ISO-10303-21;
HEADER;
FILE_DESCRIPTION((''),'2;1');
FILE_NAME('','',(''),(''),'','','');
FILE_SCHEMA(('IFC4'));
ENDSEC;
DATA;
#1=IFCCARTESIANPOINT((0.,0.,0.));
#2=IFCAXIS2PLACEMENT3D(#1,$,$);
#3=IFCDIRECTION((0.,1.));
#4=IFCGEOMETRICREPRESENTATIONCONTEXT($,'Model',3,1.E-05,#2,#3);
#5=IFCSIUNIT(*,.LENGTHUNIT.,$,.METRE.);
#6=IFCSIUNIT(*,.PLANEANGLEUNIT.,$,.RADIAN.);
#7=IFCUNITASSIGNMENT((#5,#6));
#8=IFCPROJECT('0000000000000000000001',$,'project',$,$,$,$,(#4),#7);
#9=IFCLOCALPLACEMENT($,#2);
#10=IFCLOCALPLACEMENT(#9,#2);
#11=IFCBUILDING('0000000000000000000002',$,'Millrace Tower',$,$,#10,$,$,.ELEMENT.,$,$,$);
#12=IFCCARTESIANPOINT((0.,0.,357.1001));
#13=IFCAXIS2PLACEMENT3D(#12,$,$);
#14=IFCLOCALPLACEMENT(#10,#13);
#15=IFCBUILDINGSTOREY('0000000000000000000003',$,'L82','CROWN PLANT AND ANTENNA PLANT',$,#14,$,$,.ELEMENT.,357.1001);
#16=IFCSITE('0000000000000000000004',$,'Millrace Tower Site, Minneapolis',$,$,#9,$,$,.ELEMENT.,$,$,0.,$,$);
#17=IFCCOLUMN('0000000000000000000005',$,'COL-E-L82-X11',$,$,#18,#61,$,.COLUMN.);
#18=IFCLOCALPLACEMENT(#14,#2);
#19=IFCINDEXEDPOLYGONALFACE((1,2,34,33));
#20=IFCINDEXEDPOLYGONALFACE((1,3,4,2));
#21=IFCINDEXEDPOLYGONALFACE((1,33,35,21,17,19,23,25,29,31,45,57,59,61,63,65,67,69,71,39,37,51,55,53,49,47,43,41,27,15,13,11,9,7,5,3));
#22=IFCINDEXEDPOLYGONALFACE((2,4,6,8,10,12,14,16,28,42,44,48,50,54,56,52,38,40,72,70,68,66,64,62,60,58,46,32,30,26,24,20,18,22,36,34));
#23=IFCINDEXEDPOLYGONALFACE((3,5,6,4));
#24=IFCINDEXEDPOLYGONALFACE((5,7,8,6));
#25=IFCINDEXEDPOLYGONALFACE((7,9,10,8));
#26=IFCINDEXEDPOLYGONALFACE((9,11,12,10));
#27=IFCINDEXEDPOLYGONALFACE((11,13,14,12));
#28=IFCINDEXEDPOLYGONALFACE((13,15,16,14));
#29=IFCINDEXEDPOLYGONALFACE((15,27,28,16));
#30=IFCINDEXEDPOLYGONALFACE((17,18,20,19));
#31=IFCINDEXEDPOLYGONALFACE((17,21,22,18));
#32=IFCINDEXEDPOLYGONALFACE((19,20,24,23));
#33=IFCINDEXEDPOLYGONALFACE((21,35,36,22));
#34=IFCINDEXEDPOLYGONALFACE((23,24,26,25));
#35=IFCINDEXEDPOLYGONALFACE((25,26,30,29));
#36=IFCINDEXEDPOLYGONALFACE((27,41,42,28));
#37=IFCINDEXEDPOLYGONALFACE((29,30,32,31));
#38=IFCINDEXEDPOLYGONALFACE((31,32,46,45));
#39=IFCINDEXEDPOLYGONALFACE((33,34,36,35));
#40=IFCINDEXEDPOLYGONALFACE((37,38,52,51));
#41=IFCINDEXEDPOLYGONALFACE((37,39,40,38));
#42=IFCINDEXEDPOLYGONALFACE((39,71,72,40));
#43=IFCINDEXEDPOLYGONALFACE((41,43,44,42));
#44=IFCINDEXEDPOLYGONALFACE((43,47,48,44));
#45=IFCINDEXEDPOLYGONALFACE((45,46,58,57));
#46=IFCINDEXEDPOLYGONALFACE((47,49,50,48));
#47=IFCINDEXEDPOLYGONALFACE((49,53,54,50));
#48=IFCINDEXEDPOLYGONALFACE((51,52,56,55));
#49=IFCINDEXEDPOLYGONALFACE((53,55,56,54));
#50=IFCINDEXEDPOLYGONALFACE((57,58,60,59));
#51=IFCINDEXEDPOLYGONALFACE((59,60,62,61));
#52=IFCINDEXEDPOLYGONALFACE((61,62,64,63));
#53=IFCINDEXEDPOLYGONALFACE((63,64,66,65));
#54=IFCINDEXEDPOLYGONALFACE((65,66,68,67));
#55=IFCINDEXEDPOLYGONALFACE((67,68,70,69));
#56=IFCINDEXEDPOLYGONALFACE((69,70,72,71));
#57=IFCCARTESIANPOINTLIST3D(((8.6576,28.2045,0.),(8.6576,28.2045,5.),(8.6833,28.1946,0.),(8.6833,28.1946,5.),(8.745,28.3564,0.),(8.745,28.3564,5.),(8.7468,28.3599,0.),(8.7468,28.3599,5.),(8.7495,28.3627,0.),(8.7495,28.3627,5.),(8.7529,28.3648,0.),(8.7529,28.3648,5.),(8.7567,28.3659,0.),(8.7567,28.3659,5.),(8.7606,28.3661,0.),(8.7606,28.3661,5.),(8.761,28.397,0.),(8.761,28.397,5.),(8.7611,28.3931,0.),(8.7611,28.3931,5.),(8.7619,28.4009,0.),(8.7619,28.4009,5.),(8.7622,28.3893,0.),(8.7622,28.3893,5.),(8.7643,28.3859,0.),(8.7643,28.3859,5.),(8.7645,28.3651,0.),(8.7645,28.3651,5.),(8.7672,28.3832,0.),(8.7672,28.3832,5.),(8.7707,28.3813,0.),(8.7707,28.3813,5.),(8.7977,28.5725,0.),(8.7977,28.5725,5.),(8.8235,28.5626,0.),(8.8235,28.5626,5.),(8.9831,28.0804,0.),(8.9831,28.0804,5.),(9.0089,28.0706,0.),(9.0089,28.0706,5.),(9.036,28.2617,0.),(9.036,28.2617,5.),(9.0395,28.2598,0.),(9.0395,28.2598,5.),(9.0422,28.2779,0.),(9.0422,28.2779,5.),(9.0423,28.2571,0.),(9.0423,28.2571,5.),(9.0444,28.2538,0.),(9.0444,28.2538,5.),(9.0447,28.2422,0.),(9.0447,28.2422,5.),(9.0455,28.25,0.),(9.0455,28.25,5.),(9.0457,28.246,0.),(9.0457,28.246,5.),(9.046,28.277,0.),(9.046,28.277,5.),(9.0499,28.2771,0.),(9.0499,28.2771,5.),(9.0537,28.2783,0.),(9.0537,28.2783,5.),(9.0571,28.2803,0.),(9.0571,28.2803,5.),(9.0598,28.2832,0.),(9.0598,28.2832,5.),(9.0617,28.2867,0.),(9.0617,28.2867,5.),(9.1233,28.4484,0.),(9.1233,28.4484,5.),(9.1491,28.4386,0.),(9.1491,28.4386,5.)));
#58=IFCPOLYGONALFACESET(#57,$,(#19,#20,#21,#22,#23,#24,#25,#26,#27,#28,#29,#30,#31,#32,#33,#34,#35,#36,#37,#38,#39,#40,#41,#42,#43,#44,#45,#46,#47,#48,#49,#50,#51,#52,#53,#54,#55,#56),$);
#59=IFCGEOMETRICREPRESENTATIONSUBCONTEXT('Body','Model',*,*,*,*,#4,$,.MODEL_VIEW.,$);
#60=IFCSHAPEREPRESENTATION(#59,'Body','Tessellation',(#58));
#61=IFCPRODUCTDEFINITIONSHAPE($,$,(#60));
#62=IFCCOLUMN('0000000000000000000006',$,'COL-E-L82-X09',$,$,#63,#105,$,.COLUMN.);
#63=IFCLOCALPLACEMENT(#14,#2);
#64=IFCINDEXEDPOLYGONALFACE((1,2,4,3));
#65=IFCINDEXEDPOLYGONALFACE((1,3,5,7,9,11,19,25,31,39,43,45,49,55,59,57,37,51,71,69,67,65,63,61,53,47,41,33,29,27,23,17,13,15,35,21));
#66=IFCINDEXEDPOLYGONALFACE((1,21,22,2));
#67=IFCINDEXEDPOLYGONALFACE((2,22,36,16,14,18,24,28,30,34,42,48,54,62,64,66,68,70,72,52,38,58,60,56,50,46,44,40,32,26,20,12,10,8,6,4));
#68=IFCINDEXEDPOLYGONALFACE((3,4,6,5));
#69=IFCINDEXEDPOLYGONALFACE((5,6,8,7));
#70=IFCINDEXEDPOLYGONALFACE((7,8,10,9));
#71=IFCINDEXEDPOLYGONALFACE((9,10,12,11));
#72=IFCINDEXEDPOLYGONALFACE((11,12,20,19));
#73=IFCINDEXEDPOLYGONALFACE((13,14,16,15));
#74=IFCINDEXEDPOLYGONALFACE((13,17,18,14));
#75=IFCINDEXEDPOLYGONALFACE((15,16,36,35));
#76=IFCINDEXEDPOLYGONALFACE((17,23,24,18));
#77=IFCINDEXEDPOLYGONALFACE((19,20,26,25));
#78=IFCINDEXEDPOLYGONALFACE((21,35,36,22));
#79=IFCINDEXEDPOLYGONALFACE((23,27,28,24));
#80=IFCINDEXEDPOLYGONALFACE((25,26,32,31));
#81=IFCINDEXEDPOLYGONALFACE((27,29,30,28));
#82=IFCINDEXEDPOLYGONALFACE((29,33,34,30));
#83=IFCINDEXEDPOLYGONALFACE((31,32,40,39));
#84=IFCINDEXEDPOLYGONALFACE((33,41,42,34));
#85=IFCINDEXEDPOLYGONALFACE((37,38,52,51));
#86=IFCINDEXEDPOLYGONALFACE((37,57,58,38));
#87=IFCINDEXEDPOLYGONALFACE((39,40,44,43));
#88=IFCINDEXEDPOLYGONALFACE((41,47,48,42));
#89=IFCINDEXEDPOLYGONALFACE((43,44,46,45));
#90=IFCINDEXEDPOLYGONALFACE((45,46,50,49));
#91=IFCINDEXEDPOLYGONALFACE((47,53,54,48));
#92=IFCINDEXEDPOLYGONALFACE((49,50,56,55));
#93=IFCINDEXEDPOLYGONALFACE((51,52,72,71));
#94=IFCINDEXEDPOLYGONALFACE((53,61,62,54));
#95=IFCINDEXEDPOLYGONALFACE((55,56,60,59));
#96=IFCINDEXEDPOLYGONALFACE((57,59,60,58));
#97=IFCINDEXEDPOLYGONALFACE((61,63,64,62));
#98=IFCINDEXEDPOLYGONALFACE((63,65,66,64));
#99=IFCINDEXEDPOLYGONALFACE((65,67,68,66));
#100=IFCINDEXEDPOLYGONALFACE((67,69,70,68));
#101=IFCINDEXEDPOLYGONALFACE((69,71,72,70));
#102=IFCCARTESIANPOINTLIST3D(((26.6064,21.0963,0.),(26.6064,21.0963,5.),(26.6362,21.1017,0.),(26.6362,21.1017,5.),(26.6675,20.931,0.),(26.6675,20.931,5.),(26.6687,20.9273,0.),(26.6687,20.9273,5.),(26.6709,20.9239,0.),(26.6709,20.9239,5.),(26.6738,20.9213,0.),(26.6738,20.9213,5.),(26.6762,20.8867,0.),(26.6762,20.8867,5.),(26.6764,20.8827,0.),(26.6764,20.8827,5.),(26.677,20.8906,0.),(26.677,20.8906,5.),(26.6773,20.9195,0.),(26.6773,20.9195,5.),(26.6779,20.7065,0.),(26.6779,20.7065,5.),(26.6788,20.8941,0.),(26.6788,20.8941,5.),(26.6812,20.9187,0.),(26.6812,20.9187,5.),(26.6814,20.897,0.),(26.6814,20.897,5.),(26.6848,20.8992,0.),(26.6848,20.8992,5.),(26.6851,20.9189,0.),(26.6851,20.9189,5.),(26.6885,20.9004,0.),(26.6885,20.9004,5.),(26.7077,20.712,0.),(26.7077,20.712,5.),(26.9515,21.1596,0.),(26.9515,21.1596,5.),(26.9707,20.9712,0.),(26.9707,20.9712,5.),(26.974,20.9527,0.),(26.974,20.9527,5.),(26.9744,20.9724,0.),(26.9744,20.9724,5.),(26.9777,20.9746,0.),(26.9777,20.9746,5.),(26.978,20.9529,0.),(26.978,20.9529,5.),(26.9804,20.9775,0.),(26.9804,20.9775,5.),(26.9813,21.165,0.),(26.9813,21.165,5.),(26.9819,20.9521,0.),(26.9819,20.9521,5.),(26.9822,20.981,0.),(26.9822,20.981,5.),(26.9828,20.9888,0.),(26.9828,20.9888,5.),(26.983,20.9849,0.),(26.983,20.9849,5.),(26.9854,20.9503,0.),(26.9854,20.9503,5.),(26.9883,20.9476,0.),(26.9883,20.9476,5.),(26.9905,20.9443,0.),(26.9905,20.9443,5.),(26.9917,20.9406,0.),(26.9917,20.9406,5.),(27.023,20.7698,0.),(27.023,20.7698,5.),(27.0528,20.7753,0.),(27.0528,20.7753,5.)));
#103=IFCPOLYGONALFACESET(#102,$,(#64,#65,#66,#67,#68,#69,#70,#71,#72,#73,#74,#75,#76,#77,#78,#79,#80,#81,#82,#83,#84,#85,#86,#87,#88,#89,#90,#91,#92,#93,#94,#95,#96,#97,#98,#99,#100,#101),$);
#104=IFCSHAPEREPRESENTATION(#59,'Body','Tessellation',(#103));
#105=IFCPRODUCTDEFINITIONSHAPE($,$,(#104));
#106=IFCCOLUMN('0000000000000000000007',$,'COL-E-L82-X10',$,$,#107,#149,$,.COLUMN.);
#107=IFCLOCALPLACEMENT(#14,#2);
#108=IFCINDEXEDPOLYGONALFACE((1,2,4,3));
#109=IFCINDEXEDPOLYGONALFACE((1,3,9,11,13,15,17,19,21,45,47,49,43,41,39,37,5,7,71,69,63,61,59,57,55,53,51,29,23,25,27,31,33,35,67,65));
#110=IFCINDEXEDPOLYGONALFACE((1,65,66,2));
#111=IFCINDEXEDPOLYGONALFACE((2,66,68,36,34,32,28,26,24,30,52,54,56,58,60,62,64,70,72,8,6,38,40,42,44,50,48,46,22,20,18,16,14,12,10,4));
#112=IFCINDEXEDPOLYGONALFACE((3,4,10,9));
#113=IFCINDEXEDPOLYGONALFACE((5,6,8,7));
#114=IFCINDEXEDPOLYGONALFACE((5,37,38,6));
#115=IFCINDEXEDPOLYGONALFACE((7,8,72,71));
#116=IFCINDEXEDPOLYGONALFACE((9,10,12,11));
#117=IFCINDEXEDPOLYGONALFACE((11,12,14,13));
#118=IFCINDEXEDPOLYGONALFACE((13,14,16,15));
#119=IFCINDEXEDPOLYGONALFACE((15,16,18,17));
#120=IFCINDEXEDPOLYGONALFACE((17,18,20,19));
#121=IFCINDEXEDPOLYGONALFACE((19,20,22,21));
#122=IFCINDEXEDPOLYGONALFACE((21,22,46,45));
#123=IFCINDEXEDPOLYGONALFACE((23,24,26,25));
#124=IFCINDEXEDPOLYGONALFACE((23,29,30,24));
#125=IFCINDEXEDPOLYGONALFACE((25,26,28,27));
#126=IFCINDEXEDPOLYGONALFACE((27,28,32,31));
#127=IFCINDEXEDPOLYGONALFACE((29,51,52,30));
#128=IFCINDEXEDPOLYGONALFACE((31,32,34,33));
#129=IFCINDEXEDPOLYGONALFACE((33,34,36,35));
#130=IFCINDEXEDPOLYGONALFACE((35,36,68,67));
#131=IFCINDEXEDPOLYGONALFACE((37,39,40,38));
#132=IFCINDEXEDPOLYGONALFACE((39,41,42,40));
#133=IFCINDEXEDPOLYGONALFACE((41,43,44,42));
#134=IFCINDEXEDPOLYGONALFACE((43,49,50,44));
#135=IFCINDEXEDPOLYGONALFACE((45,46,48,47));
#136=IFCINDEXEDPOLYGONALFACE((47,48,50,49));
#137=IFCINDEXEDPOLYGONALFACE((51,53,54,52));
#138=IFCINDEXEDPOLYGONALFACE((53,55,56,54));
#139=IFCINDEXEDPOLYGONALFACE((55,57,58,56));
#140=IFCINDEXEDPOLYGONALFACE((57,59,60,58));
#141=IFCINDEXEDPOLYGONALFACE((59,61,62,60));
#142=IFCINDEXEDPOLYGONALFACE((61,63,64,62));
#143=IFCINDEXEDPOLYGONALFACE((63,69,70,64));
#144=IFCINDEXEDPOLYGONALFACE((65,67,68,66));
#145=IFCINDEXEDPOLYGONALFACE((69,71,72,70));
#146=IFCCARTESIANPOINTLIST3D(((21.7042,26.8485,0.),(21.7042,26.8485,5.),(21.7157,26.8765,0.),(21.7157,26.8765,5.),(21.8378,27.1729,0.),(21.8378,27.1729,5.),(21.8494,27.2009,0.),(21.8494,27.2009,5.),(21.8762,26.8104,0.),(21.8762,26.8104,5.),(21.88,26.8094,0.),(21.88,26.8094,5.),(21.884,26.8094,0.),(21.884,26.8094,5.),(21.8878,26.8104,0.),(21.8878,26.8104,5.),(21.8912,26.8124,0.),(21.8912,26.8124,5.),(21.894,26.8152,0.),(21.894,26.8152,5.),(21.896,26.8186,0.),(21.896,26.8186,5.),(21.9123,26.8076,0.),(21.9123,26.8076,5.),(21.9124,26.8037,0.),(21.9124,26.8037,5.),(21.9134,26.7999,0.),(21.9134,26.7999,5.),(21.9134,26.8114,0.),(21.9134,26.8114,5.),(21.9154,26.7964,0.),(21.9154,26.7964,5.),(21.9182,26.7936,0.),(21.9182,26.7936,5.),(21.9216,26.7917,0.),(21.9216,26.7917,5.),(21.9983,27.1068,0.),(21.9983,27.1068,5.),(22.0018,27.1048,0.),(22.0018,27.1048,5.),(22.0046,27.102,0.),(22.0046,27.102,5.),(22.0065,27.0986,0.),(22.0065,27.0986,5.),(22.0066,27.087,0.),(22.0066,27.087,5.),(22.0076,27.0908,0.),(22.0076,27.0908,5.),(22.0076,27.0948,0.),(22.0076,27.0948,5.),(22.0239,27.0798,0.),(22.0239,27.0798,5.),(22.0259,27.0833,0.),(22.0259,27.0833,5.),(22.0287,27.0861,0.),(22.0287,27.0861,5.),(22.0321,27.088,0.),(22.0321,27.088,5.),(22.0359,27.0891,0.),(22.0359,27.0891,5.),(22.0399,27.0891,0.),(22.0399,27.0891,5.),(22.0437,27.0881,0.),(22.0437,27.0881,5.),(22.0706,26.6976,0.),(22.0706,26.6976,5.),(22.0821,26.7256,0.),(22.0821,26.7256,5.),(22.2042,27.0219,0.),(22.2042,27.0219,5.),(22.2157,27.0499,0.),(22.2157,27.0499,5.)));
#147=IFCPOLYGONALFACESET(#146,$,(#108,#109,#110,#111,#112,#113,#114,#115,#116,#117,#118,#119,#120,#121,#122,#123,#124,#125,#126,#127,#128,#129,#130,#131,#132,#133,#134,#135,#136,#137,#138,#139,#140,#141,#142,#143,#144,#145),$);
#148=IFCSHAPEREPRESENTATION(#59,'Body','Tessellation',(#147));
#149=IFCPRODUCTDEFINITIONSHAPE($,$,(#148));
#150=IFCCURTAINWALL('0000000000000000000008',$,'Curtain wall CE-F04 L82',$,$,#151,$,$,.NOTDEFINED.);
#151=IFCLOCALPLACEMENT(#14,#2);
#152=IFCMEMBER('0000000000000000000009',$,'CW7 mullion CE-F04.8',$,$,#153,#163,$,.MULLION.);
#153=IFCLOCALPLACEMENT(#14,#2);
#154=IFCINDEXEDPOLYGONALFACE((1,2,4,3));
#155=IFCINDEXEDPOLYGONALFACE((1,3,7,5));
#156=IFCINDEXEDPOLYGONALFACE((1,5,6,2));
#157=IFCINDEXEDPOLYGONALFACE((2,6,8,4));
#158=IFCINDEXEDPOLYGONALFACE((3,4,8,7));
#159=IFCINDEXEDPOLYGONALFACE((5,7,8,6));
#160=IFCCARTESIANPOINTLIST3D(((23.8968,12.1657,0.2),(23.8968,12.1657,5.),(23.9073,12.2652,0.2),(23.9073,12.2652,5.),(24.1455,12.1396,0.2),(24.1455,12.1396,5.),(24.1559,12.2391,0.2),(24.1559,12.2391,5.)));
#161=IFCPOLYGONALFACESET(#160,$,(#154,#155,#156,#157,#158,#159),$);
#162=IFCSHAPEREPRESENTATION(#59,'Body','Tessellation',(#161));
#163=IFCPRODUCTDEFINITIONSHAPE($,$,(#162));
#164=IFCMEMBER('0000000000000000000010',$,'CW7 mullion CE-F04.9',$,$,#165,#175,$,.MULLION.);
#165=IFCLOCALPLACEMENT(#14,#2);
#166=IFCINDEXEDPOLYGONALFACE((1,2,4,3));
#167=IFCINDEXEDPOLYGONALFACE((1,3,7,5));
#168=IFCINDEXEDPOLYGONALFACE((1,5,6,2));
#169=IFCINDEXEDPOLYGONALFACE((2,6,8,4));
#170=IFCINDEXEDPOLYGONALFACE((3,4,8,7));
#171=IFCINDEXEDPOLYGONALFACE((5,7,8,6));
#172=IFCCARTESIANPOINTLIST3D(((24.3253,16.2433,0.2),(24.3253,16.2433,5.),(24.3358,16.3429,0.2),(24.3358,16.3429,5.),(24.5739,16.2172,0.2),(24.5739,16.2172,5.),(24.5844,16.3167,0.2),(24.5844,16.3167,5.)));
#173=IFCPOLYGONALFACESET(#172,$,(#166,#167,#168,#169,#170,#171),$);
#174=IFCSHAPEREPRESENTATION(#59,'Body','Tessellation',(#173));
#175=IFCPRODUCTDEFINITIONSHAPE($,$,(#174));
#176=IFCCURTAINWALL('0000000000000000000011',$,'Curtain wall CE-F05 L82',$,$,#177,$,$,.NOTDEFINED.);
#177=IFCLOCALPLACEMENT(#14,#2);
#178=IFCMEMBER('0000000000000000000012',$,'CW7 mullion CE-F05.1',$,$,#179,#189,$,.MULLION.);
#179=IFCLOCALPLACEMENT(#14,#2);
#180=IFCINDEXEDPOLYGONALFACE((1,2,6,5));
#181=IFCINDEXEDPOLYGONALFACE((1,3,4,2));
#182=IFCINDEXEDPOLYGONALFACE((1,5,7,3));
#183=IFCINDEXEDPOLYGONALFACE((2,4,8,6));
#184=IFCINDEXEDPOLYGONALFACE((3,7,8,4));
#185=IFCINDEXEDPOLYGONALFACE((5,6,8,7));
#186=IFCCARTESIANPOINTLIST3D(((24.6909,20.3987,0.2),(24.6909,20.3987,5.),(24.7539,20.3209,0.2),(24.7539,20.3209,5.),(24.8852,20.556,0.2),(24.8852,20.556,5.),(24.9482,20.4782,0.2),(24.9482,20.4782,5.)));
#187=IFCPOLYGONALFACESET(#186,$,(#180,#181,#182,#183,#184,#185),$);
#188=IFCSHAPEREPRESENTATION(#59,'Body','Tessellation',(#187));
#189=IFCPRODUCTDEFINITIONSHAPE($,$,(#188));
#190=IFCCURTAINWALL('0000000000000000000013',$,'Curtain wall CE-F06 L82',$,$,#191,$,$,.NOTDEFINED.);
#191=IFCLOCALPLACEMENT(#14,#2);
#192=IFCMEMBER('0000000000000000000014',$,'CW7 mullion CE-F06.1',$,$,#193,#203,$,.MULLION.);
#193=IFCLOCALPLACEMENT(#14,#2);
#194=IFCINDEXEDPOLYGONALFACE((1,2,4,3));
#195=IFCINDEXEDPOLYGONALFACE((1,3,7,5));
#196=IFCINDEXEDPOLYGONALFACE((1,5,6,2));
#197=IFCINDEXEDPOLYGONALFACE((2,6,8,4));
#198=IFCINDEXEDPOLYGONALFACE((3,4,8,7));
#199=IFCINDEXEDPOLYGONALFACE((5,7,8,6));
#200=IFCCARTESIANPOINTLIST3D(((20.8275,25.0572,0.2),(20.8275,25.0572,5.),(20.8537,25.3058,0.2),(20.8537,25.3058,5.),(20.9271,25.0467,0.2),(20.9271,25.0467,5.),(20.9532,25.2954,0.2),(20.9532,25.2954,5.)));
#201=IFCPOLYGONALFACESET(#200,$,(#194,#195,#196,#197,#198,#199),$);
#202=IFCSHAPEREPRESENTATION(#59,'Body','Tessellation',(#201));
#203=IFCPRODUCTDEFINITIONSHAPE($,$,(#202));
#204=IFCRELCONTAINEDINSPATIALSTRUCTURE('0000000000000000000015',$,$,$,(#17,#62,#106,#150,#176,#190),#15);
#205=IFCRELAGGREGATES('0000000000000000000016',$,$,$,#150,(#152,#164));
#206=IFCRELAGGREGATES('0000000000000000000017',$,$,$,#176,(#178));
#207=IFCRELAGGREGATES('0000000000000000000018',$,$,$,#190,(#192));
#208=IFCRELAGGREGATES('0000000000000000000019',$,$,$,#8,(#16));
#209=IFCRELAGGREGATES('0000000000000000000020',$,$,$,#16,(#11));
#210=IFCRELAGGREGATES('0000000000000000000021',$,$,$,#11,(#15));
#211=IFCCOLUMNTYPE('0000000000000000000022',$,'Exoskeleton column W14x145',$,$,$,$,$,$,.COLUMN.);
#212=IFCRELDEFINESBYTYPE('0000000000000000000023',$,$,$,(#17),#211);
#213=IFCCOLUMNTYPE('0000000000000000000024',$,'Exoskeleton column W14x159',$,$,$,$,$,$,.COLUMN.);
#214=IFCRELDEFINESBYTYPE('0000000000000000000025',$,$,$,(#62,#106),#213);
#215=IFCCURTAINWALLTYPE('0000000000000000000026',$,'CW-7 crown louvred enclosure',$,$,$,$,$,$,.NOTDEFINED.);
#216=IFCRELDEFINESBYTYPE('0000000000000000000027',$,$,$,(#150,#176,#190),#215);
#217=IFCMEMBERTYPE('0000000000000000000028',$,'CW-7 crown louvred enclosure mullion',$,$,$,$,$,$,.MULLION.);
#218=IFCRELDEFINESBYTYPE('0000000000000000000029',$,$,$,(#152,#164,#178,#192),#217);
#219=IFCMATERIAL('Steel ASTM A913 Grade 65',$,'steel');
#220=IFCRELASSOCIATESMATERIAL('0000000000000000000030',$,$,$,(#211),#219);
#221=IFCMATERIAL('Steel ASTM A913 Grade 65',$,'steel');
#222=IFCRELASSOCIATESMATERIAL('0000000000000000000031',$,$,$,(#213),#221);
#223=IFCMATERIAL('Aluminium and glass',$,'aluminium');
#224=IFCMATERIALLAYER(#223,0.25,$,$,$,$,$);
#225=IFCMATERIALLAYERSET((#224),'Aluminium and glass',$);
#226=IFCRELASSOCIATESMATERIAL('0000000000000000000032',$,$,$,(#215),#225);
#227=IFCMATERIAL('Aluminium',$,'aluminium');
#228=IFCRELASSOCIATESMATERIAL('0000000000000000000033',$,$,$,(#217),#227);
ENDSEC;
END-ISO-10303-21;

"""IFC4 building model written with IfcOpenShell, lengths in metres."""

from ifc_helpers import new_model, si_unit, direction, frame, origin, origin_2d, place, context, subcontext, project, spatial, rectangle, i_section, extrude, material, layer, layer_set, material_profile, profile_set, type_object, element, aggregate, save


model = new_model("IFC4")

# Units and contexts
model_context = context("Model", 3, precision=1e-05, world=origin(), true_north=direction((0.0, 1.0)))
body_context = subcontext(model_context, "Body", "Model", "MODEL_VIEW")
ifc_project = project(units=[si_unit("LENGTHUNIT", "METRE"), si_unit("PLANEANGLEUNIT", "RADIAN")], contexts=[model_context])

# Site, building, storey
site_placement = place(None, origin())
site = spatial("IfcSite", under=ifc_project, at=site_placement, Name="Millrace Tower Site, Minneapolis", CompositionType="ELEMENT", RefElevation=0.0)
building_placement = place(site_placement, origin())
building = spatial("IfcBuilding", under=site, at=building_placement, Name="Millrace Tower", CompositionType="ELEMENT")
storey_placement = place(building_placement, frame((0.0, 0.0, 357.1001)))
storey = spatial("IfcBuildingStorey", under=building, at=storey_placement, Name="L82", Description="CROWN PLANT AND ANTENNA PLANT", CompositionType="ELEMENT", Elevation=357.1001)

# Columns
ifc_material_1 = material(Name="Steel ASTM A913 Grade 65", Category="steel")
ifc_material_profile_1 = material_profile(ifc_material_1, i_section(OverallWidth=0.3938, OverallDepth=0.376, WebThickness=0.0173, FlangeThickness=0.0276, FilletRadius=0.0151, at=origin_2d()))
ifc_profile_set_1 = profile_set([ifc_material_profile_1], Name="Steel ASTM A913 Grade 65")
column_type_1 = type_object("IfcColumnType", Name="Exoskeleton column W14x145", PredefinedType="COLUMN", material=ifc_profile_set_1)
column_placement = place(storey_placement, frame((8.9033, 28.3215, 0.0), z_axis=(0.0, 0.0, 1.0), x_axis=(-0.355989, -0.93449, 0.0)))
element("IfcColumn", 1, at=column_placement, inside=storey, type_object=column_type_1, Name="COL-E-L82-X11", PredefinedType="COLUMN", context=body_context, shape_type="SweptSolid", body=[
    extrude(i_section(OverallWidth=0.3938, OverallDepth=0.376, WebThickness=0.0173, FlangeThickness=0.0276, FilletRadius=0.0151, at=origin_2d()), origin(), (0.0, 0.0, 1.0), 5.0),
])
ifc_material_2 = material(Name="Steel ASTM A913 Grade 65", Category="steel")
ifc_material_profile_2 = material_profile(ifc_material_2, i_section(OverallWidth=0.3962, OverallDepth=0.3811, WebThickness=0.0188, FlangeThickness=0.0303, FilletRadius=0.0151, at=origin_2d()))
ifc_profile_set_2 = profile_set([ifc_material_profile_2], Name="Steel ASTM A913 Grade 65")
column_type_2 = type_object("IfcColumnType", Name="Exoskeleton column W14x159", PredefinedType="COLUMN", material=ifc_profile_set_2)
for number, where, z_axis, x_axis, name in (
    (2, (26.8296, 20.9358, 0.0), (0.0, 0.0, 1.0), (-0.180387, 0.983596, 0.0), "COL-E-L82-X09"),
    (3, (21.96, 26.9492, 0.0), (0.0, 0.0, 1.0), (-0.924597, 0.380947, 0.0), "COL-E-L82-X10"),
):
    element("IfcColumn", number, at=place(storey_placement, frame(where, z_axis=z_axis, x_axis=x_axis)), inside=storey, type_object=column_type_2, Name=name, PredefinedType="COLUMN", context=body_context, shape_type="SweptSolid", body=[
        extrude(i_section(OverallWidth=0.3962, OverallDepth=0.3811, WebThickness=0.0188, FlangeThickness=0.0303, FilletRadius=0.0151, at=origin_2d()), origin(), (0.0, 0.0, 1.0), 5.0),
    ])

# Curtain wall, members
ifc_material_3 = material(Name="Aluminium and glass", Category="aluminium")
ifc_layer_1 = layer(ifc_material_3, 0.25)
ifc_layer_set_1 = layer_set([ifc_layer_1], Name="Aluminium and glass")
curtain_wall_type = type_object("IfcCurtainWallType", Name="CW-7 crown louvred enclosure", PredefinedType="NOTDEFINED", material=ifc_layer_set_1)
placement = place(storey_placement, origin())
curtain_wall_1 = element("IfcCurtainWall", 4, at=placement, inside=storey, type_object=curtain_wall_type, Name="Curtain wall CE-F04 L82", PredefinedType="NOTDEFINED")
ifc_material_4 = material(Name="Aluminium", Category="aluminium")
ifc_material_profile_3 = material_profile(ifc_material_4, rectangle(XDim=0.1001, YDim=0.25, at=origin_2d()))
ifc_profile_set_3 = profile_set([ifc_material_profile_3], Name="Aluminium")
member_type_1 = type_object("IfcMemberType", Name="CW-7 crown louvred enclosure mullion", PredefinedType="MULLION", material=ifc_profile_set_3)
member_1_placement = place(storey_placement, frame((24.0264, 12.2024, 0.2), z_axis=(0.0, 0.0, 1.0), x_axis=(0.104528, 0.994522, 0.0)))
member_1 = element("IfcMember", 5, at=member_1_placement, type_object=member_type_1, Name="CW7 mullion CE-F04.8", PredefinedType="MULLION", context=body_context, shape_type="SweptSolid", body=[
    extrude(rectangle(XDim=0.1001, YDim=0.25, at=origin_2d()), origin(), (0.0, 0.0, 1.0), 4.8),
])
member_2_placement = place(storey_placement, frame((24.4548, 16.28, 0.2), z_axis=(0.0, 0.0, 1.0), x_axis=(0.104528, 0.994522, 0.0)))
member_2 = element("IfcMember", 6, at=member_2_placement, type_object=member_type_1, Name="CW7 mullion CE-F04.9", PredefinedType="MULLION", context=body_context, shape_type="SweptSolid", body=[
    extrude(rectangle(XDim=0.1001, YDim=0.25, at=origin_2d()), origin(), (0.0, 0.0, 1.0), 4.8),
])
aggregate(curtain_wall_1, [member_1, member_2])

# Curtain wall, member
curtain_wall_2 = element("IfcCurtainWall", 7, at=placement, inside=storey, type_object=curtain_wall_type, Name="Curtain wall CE-F05 L82", PredefinedType="NOTDEFINED")
member_3_placement = place(storey_placement, frame((24.8196, 20.4385, 0.2), z_axis=(0.0, 0.0, 1.0), x_axis=(-0.62932, 0.777146, 0.0)))
member_3 = element("IfcMember", 8, at=member_3_placement, type_object=member_type_1, Name="CW7 mullion CE-F05.1", PredefinedType="MULLION", context=body_context, shape_type="SweptSolid", body=[
    extrude(rectangle(XDim=0.1001, YDim=0.25, at=origin_2d()), origin(), (0.0, 0.0, 1.0), 4.8),
])

# Curtain wall, member
curtain_wall_3 = element("IfcCurtainWall", 9, at=placement, inside=storey, type_object=curtain_wall_type, Name="Curtain wall CE-F06 L82", PredefinedType="NOTDEFINED")
member_4_placement = place(storey_placement, frame((20.8904, 25.1763, 0.2), z_axis=(0.0, 0.0, 1.0), x_axis=(-0.994522, 0.104528, 0.0)))
member_4 = element("IfcMember", 10, at=member_4_placement, type_object=member_type_1, Name="CW7 mullion CE-F06.1", PredefinedType="MULLION", context=body_context, shape_type="SweptSolid", body=[
    extrude(rectangle(XDim=0.1001, YDim=0.25, at=origin_2d()), origin(), (0.0, 0.0, 1.0), 4.8),
])

aggregate(curtain_wall_2, [member_3])
aggregate(curtain_wall_3, [member_4])

save(model, "model.ifc")
